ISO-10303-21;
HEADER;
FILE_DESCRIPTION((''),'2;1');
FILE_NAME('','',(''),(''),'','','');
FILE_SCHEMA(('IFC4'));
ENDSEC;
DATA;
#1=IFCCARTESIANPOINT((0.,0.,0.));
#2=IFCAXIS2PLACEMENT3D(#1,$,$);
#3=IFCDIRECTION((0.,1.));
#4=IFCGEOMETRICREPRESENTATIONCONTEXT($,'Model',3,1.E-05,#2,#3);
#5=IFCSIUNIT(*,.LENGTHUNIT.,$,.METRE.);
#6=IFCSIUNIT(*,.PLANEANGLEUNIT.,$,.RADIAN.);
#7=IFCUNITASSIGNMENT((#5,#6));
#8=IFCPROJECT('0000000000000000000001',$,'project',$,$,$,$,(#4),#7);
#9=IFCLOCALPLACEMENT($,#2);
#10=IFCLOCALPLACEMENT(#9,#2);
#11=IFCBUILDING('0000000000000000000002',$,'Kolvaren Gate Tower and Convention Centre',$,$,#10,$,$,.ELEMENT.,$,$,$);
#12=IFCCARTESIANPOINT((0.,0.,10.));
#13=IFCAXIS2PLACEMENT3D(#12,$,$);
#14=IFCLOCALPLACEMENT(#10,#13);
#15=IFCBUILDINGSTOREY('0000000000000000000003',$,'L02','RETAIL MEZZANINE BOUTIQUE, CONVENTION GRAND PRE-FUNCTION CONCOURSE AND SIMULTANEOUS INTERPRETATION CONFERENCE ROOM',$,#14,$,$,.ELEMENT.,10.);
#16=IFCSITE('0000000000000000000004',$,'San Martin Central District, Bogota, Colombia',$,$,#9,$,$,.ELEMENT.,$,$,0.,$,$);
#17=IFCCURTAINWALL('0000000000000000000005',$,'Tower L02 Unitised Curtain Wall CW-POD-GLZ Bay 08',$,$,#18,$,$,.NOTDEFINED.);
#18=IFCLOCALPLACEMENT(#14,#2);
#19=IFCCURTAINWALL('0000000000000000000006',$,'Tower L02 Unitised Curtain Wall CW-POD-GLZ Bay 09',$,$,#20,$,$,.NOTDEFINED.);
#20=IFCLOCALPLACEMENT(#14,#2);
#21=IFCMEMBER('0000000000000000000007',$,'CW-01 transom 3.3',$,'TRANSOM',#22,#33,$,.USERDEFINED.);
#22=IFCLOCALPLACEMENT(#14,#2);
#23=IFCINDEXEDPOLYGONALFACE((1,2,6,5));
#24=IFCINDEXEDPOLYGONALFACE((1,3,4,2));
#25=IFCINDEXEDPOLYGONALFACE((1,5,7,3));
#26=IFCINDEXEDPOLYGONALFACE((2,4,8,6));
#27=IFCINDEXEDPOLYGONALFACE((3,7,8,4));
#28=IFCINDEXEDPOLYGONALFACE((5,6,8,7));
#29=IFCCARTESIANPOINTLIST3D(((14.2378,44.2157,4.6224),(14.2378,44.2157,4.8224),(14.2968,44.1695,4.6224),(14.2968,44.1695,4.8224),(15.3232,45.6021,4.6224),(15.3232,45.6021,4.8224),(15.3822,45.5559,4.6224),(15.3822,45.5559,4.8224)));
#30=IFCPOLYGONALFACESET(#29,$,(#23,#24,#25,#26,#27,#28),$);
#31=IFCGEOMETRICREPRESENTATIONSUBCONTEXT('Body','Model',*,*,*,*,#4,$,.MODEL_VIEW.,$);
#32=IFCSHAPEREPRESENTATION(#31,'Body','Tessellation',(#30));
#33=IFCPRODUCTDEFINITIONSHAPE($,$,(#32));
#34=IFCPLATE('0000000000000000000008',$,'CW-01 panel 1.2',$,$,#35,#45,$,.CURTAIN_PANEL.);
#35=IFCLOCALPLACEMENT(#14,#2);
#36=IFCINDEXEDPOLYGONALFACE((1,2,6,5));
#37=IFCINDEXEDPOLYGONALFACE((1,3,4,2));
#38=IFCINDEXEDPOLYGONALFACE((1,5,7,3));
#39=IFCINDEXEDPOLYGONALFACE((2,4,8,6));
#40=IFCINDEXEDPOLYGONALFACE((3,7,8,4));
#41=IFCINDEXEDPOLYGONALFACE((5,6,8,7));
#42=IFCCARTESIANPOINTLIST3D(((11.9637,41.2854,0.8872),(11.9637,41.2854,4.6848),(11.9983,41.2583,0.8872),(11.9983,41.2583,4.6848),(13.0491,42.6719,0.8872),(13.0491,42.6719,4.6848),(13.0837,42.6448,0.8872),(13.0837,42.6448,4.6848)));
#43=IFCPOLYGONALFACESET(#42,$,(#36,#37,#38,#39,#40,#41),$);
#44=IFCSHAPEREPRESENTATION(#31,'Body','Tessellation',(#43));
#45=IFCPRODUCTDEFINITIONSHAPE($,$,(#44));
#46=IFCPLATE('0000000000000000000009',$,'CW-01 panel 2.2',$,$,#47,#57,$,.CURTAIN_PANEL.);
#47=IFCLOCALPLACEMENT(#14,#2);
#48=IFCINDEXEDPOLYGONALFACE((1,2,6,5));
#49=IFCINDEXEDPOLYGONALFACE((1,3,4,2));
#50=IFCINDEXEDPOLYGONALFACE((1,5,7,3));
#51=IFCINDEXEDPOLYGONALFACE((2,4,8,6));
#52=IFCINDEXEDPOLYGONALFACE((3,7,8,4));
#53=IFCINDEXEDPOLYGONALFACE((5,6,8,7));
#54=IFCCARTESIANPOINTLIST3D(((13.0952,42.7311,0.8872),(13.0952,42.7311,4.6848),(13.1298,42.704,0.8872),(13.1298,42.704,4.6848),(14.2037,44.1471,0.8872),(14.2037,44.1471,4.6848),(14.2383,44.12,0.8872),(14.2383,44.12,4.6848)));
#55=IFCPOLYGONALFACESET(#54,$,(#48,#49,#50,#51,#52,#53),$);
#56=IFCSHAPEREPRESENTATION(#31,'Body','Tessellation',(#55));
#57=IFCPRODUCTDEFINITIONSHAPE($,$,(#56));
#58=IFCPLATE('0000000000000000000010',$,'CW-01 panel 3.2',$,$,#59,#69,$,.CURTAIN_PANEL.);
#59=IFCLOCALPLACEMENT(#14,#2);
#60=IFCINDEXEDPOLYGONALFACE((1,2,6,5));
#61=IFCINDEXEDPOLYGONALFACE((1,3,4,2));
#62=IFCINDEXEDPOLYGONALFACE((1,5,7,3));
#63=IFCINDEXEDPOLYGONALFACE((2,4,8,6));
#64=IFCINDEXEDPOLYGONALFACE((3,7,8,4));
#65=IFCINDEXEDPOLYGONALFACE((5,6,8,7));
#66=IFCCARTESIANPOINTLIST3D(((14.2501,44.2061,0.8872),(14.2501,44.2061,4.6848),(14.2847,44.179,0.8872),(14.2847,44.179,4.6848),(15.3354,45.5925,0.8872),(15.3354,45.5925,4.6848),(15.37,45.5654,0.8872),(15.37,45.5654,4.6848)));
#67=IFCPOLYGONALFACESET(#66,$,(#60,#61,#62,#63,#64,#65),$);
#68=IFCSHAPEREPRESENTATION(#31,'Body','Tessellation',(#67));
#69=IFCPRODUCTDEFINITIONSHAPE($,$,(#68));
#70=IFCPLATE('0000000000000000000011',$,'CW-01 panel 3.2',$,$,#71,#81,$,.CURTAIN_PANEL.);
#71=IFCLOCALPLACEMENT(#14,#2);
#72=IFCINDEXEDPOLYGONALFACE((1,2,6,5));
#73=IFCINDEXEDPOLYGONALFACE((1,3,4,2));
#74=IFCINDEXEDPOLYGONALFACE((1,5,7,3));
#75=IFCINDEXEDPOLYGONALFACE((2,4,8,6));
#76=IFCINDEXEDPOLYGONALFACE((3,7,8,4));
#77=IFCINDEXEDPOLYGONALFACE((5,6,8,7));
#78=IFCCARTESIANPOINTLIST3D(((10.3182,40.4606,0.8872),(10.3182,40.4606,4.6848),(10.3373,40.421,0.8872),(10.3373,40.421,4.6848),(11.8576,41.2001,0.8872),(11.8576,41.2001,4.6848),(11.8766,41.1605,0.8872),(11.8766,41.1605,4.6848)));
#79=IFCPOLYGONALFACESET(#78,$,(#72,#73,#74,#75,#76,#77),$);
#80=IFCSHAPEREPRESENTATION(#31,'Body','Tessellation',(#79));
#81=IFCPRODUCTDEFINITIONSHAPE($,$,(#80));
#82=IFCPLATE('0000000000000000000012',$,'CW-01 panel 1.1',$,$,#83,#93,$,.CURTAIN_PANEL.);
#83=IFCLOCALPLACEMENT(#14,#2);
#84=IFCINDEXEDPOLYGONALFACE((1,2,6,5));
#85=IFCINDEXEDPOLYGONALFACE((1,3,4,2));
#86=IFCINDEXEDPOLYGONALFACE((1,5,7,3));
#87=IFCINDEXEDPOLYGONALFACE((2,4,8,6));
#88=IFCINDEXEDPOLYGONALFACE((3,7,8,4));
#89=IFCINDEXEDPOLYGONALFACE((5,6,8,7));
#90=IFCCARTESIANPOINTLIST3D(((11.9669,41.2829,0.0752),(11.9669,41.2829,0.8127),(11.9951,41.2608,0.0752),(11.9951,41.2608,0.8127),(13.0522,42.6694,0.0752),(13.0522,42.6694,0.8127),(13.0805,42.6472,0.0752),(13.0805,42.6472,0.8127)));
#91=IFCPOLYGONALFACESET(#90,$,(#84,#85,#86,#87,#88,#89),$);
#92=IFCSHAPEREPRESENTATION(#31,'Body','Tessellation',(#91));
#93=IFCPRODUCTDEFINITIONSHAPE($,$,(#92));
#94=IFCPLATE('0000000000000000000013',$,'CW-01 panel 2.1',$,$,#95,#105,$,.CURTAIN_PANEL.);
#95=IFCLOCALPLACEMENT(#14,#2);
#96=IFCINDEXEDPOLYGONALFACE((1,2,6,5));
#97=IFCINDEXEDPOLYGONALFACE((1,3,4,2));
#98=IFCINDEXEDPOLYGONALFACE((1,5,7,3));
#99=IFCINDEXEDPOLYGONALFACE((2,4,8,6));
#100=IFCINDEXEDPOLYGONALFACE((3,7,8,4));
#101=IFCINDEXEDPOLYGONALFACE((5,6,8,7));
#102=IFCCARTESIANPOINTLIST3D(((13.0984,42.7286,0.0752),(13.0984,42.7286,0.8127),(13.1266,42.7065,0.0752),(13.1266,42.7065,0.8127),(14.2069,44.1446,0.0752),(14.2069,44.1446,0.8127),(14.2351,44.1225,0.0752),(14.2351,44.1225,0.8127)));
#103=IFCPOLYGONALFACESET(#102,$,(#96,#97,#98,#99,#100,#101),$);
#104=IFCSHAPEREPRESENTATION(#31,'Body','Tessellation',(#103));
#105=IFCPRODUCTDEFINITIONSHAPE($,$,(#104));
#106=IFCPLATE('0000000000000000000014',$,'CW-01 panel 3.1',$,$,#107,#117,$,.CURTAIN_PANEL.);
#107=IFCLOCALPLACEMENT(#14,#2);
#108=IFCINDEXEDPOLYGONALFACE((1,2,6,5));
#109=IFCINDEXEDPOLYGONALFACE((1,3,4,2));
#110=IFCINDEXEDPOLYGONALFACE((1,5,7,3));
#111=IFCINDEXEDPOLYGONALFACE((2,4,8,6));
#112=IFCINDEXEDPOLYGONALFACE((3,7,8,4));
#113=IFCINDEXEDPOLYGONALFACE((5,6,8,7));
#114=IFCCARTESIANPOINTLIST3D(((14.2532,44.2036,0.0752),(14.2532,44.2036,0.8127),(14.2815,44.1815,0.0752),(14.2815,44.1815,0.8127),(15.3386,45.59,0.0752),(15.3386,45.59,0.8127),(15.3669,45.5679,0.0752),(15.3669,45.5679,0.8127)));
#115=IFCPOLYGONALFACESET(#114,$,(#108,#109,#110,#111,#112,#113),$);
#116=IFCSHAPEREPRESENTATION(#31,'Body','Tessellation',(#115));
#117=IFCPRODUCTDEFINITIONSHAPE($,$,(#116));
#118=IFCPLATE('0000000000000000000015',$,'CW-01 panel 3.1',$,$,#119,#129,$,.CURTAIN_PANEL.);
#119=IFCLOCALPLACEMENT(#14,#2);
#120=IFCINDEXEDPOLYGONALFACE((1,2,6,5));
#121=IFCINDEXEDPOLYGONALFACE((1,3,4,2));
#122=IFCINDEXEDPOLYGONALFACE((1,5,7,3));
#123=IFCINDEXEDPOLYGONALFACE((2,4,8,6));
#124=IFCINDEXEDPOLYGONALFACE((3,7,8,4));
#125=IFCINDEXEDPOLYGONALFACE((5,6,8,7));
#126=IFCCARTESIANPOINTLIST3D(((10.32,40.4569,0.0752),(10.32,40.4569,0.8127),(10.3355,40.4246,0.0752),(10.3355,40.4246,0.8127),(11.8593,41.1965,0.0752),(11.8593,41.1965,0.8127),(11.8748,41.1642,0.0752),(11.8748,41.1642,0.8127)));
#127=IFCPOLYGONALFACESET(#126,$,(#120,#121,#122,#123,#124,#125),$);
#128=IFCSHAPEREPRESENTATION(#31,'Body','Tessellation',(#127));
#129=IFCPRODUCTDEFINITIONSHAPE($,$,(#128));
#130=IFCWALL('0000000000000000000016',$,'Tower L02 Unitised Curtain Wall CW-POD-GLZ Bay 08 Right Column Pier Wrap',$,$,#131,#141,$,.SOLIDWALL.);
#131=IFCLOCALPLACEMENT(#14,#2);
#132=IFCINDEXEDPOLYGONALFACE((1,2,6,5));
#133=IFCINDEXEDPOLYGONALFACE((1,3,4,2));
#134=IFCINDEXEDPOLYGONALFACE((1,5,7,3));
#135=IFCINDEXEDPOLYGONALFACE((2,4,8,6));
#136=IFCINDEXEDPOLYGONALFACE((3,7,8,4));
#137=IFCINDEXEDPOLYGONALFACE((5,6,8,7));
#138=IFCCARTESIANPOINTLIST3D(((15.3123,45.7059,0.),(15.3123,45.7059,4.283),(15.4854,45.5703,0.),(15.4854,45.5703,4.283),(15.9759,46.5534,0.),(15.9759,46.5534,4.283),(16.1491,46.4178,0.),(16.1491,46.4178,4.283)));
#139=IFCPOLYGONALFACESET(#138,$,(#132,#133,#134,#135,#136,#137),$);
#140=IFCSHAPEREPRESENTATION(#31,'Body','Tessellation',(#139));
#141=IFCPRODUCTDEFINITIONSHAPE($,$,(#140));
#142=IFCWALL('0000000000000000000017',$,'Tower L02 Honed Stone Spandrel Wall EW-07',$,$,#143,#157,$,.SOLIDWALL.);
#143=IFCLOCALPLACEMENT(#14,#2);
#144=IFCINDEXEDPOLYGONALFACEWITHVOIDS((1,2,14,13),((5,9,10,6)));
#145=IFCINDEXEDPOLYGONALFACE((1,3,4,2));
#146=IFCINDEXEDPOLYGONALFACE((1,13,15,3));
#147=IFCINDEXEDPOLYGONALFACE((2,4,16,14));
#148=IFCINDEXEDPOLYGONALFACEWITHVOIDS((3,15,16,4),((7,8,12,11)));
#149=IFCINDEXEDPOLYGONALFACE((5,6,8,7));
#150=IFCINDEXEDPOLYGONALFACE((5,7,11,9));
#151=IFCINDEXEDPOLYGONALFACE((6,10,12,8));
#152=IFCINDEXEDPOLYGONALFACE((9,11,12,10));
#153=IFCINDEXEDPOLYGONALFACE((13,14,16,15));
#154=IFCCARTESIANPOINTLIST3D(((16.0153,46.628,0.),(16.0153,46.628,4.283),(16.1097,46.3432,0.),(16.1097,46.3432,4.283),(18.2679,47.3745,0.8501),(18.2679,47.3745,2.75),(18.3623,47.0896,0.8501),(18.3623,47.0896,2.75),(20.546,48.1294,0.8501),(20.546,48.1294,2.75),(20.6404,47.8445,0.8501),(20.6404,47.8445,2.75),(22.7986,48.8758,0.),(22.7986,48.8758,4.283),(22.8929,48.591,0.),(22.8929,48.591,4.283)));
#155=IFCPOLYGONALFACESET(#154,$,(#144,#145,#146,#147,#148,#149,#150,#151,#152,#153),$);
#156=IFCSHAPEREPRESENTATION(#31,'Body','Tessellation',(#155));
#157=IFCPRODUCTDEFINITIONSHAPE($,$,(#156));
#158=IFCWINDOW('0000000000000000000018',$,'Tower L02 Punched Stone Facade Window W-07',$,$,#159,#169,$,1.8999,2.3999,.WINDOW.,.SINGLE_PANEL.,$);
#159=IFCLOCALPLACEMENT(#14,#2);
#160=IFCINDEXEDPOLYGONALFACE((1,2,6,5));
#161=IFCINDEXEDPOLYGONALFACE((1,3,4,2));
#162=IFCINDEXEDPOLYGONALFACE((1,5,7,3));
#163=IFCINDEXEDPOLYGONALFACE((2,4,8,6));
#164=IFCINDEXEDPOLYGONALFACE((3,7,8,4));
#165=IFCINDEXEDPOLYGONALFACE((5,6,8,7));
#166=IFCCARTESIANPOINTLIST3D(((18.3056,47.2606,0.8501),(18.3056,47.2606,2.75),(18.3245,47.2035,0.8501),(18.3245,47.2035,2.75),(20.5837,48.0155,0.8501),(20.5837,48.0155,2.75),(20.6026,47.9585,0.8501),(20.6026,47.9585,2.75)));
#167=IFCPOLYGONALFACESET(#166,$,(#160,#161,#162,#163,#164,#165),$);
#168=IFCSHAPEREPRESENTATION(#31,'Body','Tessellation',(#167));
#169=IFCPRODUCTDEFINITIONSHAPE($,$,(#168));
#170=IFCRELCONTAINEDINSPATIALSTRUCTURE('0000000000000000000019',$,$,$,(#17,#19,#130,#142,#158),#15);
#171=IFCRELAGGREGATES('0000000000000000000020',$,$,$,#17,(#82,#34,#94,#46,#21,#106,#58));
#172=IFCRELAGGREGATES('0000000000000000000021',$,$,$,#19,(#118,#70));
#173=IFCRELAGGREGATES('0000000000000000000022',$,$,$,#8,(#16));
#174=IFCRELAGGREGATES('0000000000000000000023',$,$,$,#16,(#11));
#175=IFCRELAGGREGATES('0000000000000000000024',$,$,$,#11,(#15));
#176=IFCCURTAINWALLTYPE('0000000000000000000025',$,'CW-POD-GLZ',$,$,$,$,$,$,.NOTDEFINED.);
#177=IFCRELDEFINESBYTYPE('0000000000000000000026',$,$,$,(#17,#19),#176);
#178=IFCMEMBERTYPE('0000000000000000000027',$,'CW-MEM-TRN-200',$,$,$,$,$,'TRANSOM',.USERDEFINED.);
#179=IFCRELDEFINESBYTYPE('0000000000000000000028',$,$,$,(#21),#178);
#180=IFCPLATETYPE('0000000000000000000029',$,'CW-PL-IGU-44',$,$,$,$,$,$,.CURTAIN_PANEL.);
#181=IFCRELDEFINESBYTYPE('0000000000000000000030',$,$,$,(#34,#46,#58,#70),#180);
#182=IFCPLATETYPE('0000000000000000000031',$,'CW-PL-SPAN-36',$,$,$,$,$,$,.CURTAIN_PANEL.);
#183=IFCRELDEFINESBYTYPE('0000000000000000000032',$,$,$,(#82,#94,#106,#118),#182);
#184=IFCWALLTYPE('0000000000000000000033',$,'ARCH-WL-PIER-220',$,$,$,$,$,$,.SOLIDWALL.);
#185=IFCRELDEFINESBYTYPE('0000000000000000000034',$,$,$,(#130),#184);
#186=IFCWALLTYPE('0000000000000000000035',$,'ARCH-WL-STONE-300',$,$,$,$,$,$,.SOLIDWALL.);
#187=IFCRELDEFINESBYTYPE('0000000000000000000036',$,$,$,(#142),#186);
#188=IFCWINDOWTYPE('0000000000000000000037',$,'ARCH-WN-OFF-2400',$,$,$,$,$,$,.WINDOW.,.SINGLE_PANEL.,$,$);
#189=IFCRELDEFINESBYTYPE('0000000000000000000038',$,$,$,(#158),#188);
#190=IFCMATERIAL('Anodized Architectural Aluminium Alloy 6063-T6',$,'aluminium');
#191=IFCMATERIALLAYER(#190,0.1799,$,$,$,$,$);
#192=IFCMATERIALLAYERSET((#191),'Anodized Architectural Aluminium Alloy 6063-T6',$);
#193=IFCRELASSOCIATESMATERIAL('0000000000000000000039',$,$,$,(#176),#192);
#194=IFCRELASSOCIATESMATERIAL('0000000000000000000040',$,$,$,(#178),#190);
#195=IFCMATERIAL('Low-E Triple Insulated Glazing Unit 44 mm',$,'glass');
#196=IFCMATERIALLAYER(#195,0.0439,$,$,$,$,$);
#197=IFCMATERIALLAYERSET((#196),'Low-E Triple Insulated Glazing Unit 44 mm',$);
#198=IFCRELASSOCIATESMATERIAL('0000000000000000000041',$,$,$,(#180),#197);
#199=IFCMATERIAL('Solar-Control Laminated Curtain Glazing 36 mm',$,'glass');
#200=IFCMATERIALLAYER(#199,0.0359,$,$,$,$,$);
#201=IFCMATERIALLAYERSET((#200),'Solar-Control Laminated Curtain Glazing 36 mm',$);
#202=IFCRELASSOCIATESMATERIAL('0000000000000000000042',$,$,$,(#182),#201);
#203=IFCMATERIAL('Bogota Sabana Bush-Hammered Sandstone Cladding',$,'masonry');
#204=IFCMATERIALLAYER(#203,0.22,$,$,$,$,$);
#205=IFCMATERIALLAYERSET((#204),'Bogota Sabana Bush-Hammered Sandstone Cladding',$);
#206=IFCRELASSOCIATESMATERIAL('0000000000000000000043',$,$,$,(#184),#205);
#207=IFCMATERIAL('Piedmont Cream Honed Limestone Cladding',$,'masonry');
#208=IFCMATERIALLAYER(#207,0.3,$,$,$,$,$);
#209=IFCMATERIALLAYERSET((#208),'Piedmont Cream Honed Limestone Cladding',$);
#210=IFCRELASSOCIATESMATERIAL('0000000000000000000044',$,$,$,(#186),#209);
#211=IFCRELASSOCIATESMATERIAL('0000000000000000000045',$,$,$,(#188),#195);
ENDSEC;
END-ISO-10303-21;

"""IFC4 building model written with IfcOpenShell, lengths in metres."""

from ifc_helpers import new_model, si_unit, direction, frame, frame_2d, origin, origin_2d, place, context, subcontext, project, spatial, rectangle, extrude, material, layer, layer_set, material_profile, profile_set, type_object, element, fill, aggregate, save


model = new_model("IFC4")

# Units and contexts
model_context = context("Model", 3, precision=1e-05, world=origin(), true_north=direction((0.0, 1.0)))
body_context = subcontext(model_context, "Body", "Model", "MODEL_VIEW")
ifc_project = project(units=[si_unit("LENGTHUNIT", "METRE"), si_unit("PLANEANGLEUNIT", "RADIAN")], contexts=[model_context])

# Site, building, storey
site_placement = place(None, origin())
site = spatial("IfcSite", under=ifc_project, at=site_placement, Name="San Martin Central District, Bogota, Colombia", CompositionType="ELEMENT", RefElevation=0.0)
building_placement = place(site_placement, origin())
building = spatial("IfcBuilding", under=site, at=building_placement, Name="Kolvaren Gate Tower and Convention Centre", CompositionType="ELEMENT")
storey_placement = place(building_placement, frame((0.0, 0.0, 10.0)))
storey = spatial("IfcBuildingStorey", under=building, at=storey_placement, Name="L02", Description="RETAIL MEZZANINE BOUTIQUE, CONVENTION GRAND PRE-FUNCTION CONCOURSE AND SIMULTANEOUS INTERPRETATION CONFERENCE ROOM", CompositionType="ELEMENT", Elevation=10.0)

# Curtain wall
ifc_material_1 = material(Name="Anodized Architectural Aluminium Alloy 6063-T6", Category="aluminium")
ifc_layer_1 = layer(ifc_material_1, 0.1799)
ifc_layer_set_1 = layer_set([ifc_layer_1], Name="Anodized Architectural Aluminium Alloy 6063-T6")
curtain_wall_type = type_object("IfcCurtainWallType", Name="CW-POD-GLZ", PredefinedType="NOTDEFINED", material=ifc_layer_set_1)
curtain_wall_1_placement = place(storey_placement, origin())
curtain_wall_1 = element("IfcCurtainWall", 1, at=curtain_wall_1_placement, inside=storey, type_object=curtain_wall_type, Name="Tower L02 Unitised Curtain Wall CW-POD-GLZ Bay 08", PredefinedType="NOTDEFINED")

# Curtain wall
curtain_wall_2_placement = place(storey_placement, origin())
curtain_wall_2 = element("IfcCurtainWall", 2, at=curtain_wall_2_placement, inside=storey, type_object=curtain_wall_type, Name="Tower L02 Unitised Curtain Wall CW-POD-GLZ Bay 09", PredefinedType="NOTDEFINED")

# Member
ifc_material_profile_1 = material_profile(ifc_material_1, rectangle(XDim=0.075, YDim=0.2, at=origin_2d()), Name="CW-MEM-TRN-200")
ifc_profile_set_1 = profile_set([ifc_material_profile_1], Name="Anodized Architectural Aluminium Alloy 6063-T6")
member_type_1 = type_object("IfcMemberType", Name="CW-MEM-TRN-200", ElementType="TRANSOM", PredefinedType="USERDEFINED", material=ifc_profile_set_1)
member_1_placement = place(storey_placement, frame((14.2673, 44.1926, 4.7224), z_axis=(0.616443, 0.7874, 0.0), x_axis=(-0.7874, 0.616443, 0.0)))
member_1 = element("IfcMember", 3, at=member_1_placement, type_object=member_type_1, Name="CW-01 transom 3.3", ObjectType="TRANSOM", PredefinedType="USERDEFINED", context=body_context, shape_type="SweptSolid", body=[
    extrude(rectangle(XDim=0.075, YDim=0.2, at=origin_2d()), origin(), (0.0, 0.0, 1.0), 1.7607),
])

# Plates
ifc_material_2 = material(Name="Low-E Triple Insulated Glazing Unit 44 mm", Category="glass")
ifc_layer_2 = layer(ifc_material_2, 0.0439)
ifc_layer_set_2 = layer_set([ifc_layer_2], Name="Low-E Triple Insulated Glazing Unit 44 mm")
plate_type_1 = type_object("IfcPlateType", Name="CW-PL-IGU-44", PredefinedType="CURTAIN_PANEL", material=ifc_layer_set_2)
plate_1_placement = place(storey_placement, frame((12.5237, 41.9651, 0.8872), z_axis=(0.0, 0.0, 1.0), x_axis=(0.616421, 0.787417, 0.0)))
plate_1 = element("IfcPlate", 4, at=plate_1_placement, type_object=plate_type_1, Name="CW-01 panel 1.2", PredefinedType="CURTAIN_PANEL", context=body_context, shape_type="SweptSolid", body=[
    extrude(rectangle(XDim=1.7607, YDim=0.0439, at=origin_2d()), origin(), (0.0, 0.0, 1.0), 3.7976),
])
plate_2_placement = place(storey_placement, frame((13.6667, 43.4255, 0.8872), z_axis=(0.0, 0.0, 1.0), x_axis=(0.616421, 0.787417, 0.0)))
plate_2 = element("IfcPlate", 5, at=plate_2_placement, type_object=plate_type_1, Name="CW-01 panel 2.2", PredefinedType="CURTAIN_PANEL", context=body_context, shape_type="SweptSolid", body=[
    extrude(rectangle(XDim=1.7983, YDim=0.0439, at=origin_2d()), origin(), (0.0, 0.0, 1.0), 3.7976),
])
plate_3_placement = place(storey_placement, frame((14.8101, 44.8857, 0.8872), z_axis=(0.0, 0.0, 1.0), x_axis=(0.616421, 0.787417, 0.0)))
plate_3 = element("IfcPlate", 6, at=plate_3_placement, type_object=plate_type_1, Name="CW-01 panel 3.2", PredefinedType="CURTAIN_PANEL", context=body_context, shape_type="SweptSolid", body=[
    extrude(rectangle(XDim=1.7607, YDim=0.0439, at=origin_2d()), origin(), (0.0, 0.0, 1.0), 3.7976),
])
plate_4_placement = place(storey_placement, frame((11.0974, 40.8105, 0.8872), z_axis=(0.0, 0.0, 1.0), x_axis=(0.901367, 0.433057, 0.0)))
plate_4 = element("IfcPlate", 7, at=plate_4_placement, type_object=plate_type_1, Name="CW-01 panel 3.2", PredefinedType="CURTAIN_PANEL", context=body_context, shape_type="SweptSolid", body=[
    extrude(rectangle(XDim=1.7078, YDim=0.0439, at=origin_2d()), origin(), (0.0, 0.0, 1.0), 3.7976),
])
ifc_material_3 = material(Name="Solar-Control Laminated Curtain Glazing 36 mm", Category="glass")
ifc_layer_3 = layer(ifc_material_3, 0.0359)
ifc_layer_set_3 = layer_set([ifc_layer_3], Name="Solar-Control Laminated Curtain Glazing 36 mm")
plate_type_2 = type_object("IfcPlateType", Name="CW-PL-SPAN-36", PredefinedType="CURTAIN_PANEL", material=ifc_layer_set_3)
plate_5_placement = place(storey_placement, frame((12.5237, 41.9651, 0.0752), z_axis=(0.0, 0.0, 1.0), x_axis=(0.616421, 0.787417, 0.0)))
plate_5 = element("IfcPlate", 8, at=plate_5_placement, type_object=plate_type_2, Name="CW-01 panel 1.1", PredefinedType="CURTAIN_PANEL", context=body_context, shape_type="SweptSolid", body=[
    extrude(rectangle(XDim=1.7607, YDim=0.0359, at=origin_2d()), origin(), (0.0, 0.0, 1.0), 0.7375),
])
plate_6_placement = place(storey_placement, frame((13.6667, 43.4255, 0.0752), z_axis=(0.0, 0.0, 1.0), x_axis=(0.616421, 0.787417, 0.0)))
plate_6 = element("IfcPlate", 9, at=plate_6_placement, type_object=plate_type_2, Name="CW-01 panel 2.1", PredefinedType="CURTAIN_PANEL", context=body_context, shape_type="SweptSolid", body=[
    extrude(rectangle(XDim=1.7983, YDim=0.0359, at=origin_2d()), origin(), (0.0, 0.0, 1.0), 0.7375),
])
plate_7_placement = place(storey_placement, frame((14.8101, 44.8857, 0.0752), z_axis=(0.0, 0.0, 1.0), x_axis=(0.616421, 0.787417, 0.0)))
plate_7 = element("IfcPlate", 10, at=plate_7_placement, type_object=plate_type_2, Name="CW-01 panel 3.1", PredefinedType="CURTAIN_PANEL", context=body_context, shape_type="SweptSolid", body=[
    extrude(rectangle(XDim=1.7607, YDim=0.0359, at=origin_2d()), origin(), (0.0, 0.0, 1.0), 0.7375),
])
aggregate(curtain_wall_1, [plate_5, plate_1, plate_6, plate_2, member_1, plate_7, plate_3])
plate_8_placement = place(storey_placement, frame((11.0974, 40.8105, 0.0752), z_axis=(0.0, 0.0, 1.0), x_axis=(0.901367, 0.433057, 0.0)))
plate_8 = element("IfcPlate", 11, at=plate_8_placement, type_object=plate_type_2, Name="CW-01 panel 3.1", PredefinedType="CURTAIN_PANEL", context=body_context, shape_type="SweptSolid", body=[
    extrude(rectangle(XDim=1.7078, YDim=0.0359, at=origin_2d()), origin(), (0.0, 0.0, 1.0), 0.7375),
])
aggregate(curtain_wall_2, [plate_8, plate_4])

# Wall
ifc_material_4 = material(Name="Bogota Sabana Bush-Hammered Sandstone Cladding", Category="masonry")
ifc_layer_4 = layer(ifc_material_4, 0.22)
ifc_layer_set_4 = layer_set([ifc_layer_4], Name="Bogota Sabana Bush-Hammered Sandstone Cladding")
wall_type_1 = type_object("IfcWallType", Name="ARCH-WL-PIER-220", PredefinedType="SOLIDWALL", material=ifc_layer_set_4)
wall_1_placement = place(storey_placement, frame((15.3989, 45.6382, 0.0), z_axis=(0.0, 0.0, 1.0), x_axis=(0.616528, 0.787333, 0.0)))
element("IfcWall", 12, at=wall_1_placement, inside=storey, type_object=wall_type_1, Name="Tower L02 Unitised Curtain Wall CW-POD-GLZ Bay 08 Right Column Pier Wrap", PredefinedType="SOLIDWALL", context=body_context, shape_type="SweptSolid", body=[
    extrude(rectangle(XDim=1.0764, YDim=0.22, at=frame_2d((0.5381, 0.0))), origin(), (0.0, 0.0, 1.0), 4.283),
])

# Wall, opening, window
ifc_material_5 = material(Name="Piedmont Cream Honed Limestone Cladding", Category="masonry")
ifc_layer_5 = layer(ifc_material_5, 0.3)
ifc_layer_set_5 = layer_set([ifc_layer_5], Name="Piedmont Cream Honed Limestone Cladding")
wall_type_2 = type_object("IfcWallType", Name="ARCH-WL-STONE-300", PredefinedType="SOLIDWALL", material=ifc_layer_set_5)
wall_2_placement = place(storey_placement, frame((16.0625, 46.4856, 0.0), z_axis=(0.0, 0.0, 1.0), x_axis=(0.949239, 0.314557, 0.0)))
wall_2 = element("IfcWall", 13, at=wall_2_placement, inside=storey, type_object=wall_type_2, Name="Tower L02 Honed Stone Spandrel Wall EW-07", PredefinedType="SOLIDWALL", context=body_context, shape_type="SweptSolid", body=[
    extrude(rectangle(XDim=7.146, YDim=0.3, at=frame_2d((3.573, 0.0))), origin(), (0.0, 0.0, 1.0), 4.283),
])
opening_placement = place(wall_2_placement, frame((2.373, 0.0, 0.8501)))
opening = element("IfcOpeningElement", 14, at=opening_placement, cuts=wall_2, PredefinedType="OPENING", context=body_context, shape_type="SweptSolid", body=[
    extrude(rectangle(XDim=2.3999, YDim=1.8999, at=frame_2d((1.2, 0.95))), frame((0.0, 0.1599, 0.0), z_axis=(0.0, -1.0, 0.0), x_axis=(1.0, 0.0, 0.0)), (0.0, 0.0, 1.0), 0.3201),
])
window_type = type_object("IfcWindowType", Name="ARCH-WN-OFF-2400", PartitioningType="SINGLE_PANEL", PredefinedType="WINDOW", material=ifc_material_2)
window_placement = place(opening_placement, origin())
window = element("IfcWindow", 15, at=window_placement, inside=storey, type_object=window_type, Name="Tower L02 Punched Stone Facade Window W-07", OverallHeight=1.8999, OverallWidth=2.3999, PartitioningType="SINGLE_PANEL", PredefinedType="WINDOW", context=body_context, shape_type="SweptSolid", body=[
    extrude(rectangle(XDim=2.3999, YDim=1.8999, at=frame_2d((1.2, 0.95))), frame((0.0, 0.03, 0.0), z_axis=(0.0, -1.0, 0.0), x_axis=(1.0, 0.0, 0.0)), (0.0, 0.0, 1.0), 0.0601),
])
fill(opening, window)

save(model, "model.ifc")
